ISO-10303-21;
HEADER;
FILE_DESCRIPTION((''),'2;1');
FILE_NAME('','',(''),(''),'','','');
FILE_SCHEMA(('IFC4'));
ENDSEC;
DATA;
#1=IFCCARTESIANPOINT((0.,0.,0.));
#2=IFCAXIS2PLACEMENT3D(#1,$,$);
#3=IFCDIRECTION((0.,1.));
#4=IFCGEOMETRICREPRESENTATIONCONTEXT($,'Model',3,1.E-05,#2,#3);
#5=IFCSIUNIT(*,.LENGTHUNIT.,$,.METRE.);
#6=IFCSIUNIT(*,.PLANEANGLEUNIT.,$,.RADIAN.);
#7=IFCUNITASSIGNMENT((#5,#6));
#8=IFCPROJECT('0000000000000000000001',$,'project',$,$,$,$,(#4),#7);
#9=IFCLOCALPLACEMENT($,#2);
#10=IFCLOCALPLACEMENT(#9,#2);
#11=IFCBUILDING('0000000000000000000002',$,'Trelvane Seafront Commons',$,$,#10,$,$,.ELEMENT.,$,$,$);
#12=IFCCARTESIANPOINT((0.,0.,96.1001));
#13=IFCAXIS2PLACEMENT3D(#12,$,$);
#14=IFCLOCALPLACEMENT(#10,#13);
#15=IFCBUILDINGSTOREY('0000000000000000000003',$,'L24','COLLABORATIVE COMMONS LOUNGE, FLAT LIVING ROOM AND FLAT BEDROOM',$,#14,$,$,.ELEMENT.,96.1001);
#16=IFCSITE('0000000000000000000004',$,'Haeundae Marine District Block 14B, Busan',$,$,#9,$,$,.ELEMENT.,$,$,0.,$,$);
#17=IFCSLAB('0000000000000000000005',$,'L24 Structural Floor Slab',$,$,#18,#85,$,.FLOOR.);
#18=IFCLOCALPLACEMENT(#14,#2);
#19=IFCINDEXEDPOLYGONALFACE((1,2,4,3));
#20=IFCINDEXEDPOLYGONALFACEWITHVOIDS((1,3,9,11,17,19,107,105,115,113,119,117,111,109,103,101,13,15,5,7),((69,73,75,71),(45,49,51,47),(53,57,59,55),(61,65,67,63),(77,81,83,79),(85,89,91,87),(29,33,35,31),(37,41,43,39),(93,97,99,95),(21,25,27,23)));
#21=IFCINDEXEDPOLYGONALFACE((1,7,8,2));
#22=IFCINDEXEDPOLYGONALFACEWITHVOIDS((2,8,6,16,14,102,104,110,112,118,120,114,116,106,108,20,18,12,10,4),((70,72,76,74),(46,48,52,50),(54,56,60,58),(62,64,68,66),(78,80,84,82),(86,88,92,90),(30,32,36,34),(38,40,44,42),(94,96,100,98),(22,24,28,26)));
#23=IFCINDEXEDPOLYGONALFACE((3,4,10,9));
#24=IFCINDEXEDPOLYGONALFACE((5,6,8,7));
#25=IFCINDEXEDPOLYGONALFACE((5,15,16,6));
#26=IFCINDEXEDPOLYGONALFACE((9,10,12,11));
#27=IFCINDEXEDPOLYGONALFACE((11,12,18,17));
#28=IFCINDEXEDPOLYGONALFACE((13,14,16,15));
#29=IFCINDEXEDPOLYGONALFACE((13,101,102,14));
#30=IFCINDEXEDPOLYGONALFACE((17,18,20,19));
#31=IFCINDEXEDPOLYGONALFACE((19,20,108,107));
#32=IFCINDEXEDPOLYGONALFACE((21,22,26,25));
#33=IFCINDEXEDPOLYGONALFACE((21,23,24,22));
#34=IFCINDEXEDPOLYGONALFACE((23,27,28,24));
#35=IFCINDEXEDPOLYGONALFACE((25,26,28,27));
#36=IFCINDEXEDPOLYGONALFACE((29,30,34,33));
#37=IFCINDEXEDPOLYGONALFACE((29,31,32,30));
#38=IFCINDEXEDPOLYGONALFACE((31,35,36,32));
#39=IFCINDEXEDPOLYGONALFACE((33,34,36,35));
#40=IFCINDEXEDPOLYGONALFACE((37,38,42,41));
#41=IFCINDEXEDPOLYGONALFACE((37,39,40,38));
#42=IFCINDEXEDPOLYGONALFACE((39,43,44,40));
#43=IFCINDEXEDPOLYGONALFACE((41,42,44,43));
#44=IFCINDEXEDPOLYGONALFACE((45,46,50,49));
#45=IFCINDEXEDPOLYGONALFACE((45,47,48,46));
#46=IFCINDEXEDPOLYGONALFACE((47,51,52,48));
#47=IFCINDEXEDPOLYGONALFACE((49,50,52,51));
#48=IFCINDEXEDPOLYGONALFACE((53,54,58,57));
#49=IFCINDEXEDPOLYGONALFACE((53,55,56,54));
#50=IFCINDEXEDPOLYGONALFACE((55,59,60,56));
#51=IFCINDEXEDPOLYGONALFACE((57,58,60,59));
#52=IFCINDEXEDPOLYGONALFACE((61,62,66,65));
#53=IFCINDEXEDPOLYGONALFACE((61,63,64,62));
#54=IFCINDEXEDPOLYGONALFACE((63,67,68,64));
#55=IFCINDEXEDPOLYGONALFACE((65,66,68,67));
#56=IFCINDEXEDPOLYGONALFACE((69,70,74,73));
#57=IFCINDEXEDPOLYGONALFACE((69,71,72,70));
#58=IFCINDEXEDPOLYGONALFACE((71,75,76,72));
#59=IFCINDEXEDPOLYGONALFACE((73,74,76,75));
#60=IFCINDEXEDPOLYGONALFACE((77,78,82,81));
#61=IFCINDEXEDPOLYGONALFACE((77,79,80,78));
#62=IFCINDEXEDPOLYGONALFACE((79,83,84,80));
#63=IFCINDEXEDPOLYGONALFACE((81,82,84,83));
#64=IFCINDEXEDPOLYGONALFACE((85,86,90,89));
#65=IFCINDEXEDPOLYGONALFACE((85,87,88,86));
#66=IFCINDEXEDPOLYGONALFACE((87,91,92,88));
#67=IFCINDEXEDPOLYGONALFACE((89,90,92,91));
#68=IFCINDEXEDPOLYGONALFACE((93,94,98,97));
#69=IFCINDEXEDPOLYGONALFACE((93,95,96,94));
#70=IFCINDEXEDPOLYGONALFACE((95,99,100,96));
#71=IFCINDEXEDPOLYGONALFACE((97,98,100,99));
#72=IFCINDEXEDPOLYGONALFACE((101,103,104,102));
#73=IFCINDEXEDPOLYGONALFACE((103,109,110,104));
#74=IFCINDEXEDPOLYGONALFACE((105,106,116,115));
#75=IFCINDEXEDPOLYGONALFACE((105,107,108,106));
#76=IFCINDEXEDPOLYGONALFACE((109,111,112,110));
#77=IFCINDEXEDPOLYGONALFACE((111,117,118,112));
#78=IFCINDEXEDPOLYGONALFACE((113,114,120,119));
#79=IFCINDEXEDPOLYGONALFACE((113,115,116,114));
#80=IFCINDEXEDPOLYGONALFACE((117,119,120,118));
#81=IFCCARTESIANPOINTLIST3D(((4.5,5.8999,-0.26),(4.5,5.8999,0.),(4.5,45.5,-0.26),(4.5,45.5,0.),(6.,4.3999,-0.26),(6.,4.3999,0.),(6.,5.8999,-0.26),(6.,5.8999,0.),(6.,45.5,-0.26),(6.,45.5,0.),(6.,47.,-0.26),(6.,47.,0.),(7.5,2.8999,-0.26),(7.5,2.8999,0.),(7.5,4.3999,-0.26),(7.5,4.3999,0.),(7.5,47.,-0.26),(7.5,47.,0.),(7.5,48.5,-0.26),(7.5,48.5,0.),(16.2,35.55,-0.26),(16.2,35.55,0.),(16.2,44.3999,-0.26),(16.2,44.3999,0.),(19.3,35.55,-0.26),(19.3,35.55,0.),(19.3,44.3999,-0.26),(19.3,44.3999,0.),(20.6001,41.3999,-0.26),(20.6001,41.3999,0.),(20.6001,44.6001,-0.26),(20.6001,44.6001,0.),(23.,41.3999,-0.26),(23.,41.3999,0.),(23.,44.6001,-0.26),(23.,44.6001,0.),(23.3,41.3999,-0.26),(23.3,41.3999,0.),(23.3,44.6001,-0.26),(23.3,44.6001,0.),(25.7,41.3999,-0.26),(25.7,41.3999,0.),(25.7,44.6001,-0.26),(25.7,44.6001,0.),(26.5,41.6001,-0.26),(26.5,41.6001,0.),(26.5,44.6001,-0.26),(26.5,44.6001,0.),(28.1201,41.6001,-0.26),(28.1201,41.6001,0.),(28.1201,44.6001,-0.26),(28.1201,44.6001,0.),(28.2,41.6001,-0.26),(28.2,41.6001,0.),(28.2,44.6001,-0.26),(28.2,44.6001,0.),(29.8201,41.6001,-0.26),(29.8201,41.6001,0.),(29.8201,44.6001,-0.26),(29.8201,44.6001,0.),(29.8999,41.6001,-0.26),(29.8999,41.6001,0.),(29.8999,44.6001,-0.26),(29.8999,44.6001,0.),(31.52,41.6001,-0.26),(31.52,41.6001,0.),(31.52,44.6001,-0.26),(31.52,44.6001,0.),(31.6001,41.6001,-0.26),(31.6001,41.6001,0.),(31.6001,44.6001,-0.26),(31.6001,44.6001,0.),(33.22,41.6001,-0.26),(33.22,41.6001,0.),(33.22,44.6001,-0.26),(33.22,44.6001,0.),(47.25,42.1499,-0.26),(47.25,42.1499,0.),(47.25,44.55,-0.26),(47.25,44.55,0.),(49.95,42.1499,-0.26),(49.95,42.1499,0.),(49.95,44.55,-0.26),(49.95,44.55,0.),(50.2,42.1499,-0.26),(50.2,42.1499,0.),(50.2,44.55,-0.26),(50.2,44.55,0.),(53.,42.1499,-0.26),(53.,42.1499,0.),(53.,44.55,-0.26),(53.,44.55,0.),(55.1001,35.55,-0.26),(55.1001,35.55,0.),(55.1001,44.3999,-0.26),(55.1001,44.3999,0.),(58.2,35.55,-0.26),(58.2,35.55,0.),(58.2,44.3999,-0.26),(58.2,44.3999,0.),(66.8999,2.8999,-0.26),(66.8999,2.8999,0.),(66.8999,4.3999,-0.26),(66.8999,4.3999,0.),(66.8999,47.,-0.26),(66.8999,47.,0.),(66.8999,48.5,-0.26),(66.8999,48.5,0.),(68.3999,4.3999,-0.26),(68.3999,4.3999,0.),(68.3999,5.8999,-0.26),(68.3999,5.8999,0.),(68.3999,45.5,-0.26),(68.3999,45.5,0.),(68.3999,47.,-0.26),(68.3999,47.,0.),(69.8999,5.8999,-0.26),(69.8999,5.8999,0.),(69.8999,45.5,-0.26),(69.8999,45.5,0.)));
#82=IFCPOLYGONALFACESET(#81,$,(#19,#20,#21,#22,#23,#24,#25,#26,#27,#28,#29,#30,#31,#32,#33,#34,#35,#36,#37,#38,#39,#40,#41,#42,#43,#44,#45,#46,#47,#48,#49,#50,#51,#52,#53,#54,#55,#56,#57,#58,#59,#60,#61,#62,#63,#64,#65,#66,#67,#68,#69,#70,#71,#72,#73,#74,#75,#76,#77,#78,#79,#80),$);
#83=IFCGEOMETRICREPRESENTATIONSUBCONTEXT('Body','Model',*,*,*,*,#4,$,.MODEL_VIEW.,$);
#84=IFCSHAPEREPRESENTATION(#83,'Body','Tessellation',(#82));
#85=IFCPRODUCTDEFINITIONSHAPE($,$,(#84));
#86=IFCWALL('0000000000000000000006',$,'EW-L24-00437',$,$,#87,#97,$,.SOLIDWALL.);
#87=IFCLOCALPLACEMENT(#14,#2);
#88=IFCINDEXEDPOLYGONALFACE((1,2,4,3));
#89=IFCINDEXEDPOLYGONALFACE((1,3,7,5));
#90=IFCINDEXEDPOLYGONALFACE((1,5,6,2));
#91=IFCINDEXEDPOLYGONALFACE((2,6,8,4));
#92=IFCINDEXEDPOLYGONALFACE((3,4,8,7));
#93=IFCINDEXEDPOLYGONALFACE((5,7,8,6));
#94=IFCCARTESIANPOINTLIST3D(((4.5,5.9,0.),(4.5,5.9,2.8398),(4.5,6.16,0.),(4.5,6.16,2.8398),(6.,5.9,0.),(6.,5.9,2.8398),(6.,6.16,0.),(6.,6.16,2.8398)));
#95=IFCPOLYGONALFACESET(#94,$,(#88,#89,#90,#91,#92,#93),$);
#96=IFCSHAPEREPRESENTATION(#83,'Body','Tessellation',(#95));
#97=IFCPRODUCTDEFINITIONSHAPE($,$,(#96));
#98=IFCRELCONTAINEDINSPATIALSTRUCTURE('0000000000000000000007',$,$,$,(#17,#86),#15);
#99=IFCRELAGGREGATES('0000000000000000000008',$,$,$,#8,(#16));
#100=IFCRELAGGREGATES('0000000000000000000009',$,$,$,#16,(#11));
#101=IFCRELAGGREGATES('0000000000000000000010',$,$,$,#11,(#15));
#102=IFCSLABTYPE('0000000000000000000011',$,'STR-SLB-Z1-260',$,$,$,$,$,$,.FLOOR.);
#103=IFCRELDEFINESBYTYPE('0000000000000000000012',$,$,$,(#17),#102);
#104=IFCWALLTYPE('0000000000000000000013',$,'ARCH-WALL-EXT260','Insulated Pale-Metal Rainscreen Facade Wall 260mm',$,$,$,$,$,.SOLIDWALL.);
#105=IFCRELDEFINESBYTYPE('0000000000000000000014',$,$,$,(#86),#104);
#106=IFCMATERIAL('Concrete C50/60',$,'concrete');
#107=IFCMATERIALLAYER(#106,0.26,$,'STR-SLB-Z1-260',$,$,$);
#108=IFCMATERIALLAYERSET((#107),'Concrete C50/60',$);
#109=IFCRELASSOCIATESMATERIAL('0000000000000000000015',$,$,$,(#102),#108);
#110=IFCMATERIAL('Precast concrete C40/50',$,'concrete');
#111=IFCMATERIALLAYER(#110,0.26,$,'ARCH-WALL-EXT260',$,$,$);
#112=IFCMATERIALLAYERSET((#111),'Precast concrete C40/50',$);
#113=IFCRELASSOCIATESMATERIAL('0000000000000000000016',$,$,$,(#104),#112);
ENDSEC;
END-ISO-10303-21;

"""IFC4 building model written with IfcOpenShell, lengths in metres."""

from ifc_helpers import new_model, si_unit, direction, frame, frame_2d, origin, place, context, subcontext, project, spatial, polyline, rectangle, outline, extrude, material, layer, layer_set, type_object, element, save


model = new_model("IFC4")

# Units and contexts
model_context = context("Model", 3, precision=1e-05, world=origin(), true_north=direction((0.0, 1.0)))
body_context = subcontext(model_context, "Body", "Model", "MODEL_VIEW")
ifc_project = project(units=[si_unit("LENGTHUNIT", "METRE"), si_unit("PLANEANGLEUNIT", "RADIAN")], contexts=[model_context])

# Site, building, storey
site_placement = place(None, origin())
site = spatial("IfcSite", under=ifc_project, at=site_placement, Name="Haeundae Marine District Block 14B, Busan", CompositionType="ELEMENT", RefElevation=0.0)
building_placement = place(site_placement, origin())
building = spatial("IfcBuilding", under=site, at=building_placement, Name="Trelvane Seafront Commons", CompositionType="ELEMENT")
storey_placement = place(building_placement, frame((0.0, 0.0, 96.1001)))
storey = spatial("IfcBuildingStorey", under=building, at=storey_placement, Name="L24", Description="COLLABORATIVE COMMONS LOUNGE, FLAT LIVING ROOM AND FLAT BEDROOM", CompositionType="ELEMENT", Elevation=96.1001)

# Slab
ifc_material_1 = material(Name="Concrete C50/60", Category="concrete")
ifc_layer_1 = layer(ifc_material_1, 0.26, Name="STR-SLB-Z1-260")
ifc_layer_set_1 = layer_set([ifc_layer_1], Name="Concrete C50/60")
slab_type_1 = type_object("IfcSlabType", Name="STR-SLB-Z1-260", PredefinedType="FLOOR", material=ifc_layer_set_1)
slab_1_placement = place(storey_placement, frame((0.0, 0.0, -0.26)))
element("IfcSlab", 1, at=slab_1_placement, inside=storey, type_object=slab_type_1, Name="L24 Structural Floor Slab", PredefinedType="FLOOR", context=body_context, shape_type="SweptSolid", body=[
    extrude(outline(polyline([(7.5, 2.8999), (66.8999, 2.8999), (66.8999, 4.3999), (68.3999, 4.3999), (68.3999, 5.8999), (69.8999, 5.8999), (69.8999, 45.5), (68.3999, 45.5), (68.3999, 47.0), (66.8999, 47.0), (66.8999, 48.5), (7.5, 48.5), (7.5, 47.0), (6.0, 47.0), (6.0, 45.5), (4.5, 45.5), (4.5, 5.8999), (6.0, 5.8999), (6.0, 4.3999), (7.5, 4.3999), (7.5, 2.8999)]), holes=[polyline([(19.3, 35.55), (16.2, 35.55), (16.2, 44.3999), (19.3, 44.3999), (19.3, 35.55)]), polyline([(58.2, 35.55), (55.1001, 35.55), (55.1001, 44.3999), (58.2, 44.3999), (58.2, 35.55)]), polyline([(23.0, 41.3999), (20.6001, 41.3999), (20.6001, 44.6001), (23.0, 44.6001), (23.0, 41.3999)]), polyline([(23.3, 41.3999), (23.3, 44.6001), (25.7, 44.6001), (25.7, 41.3999), (23.3, 41.3999)]), polyline([(26.5, 41.6001), (26.5, 44.6001), (28.1201, 44.6001), (28.1201, 41.6001), (26.5, 41.6001)]), polyline([(29.8201, 41.6001), (28.2, 41.6001), (28.2, 44.6001), (29.8201, 44.6001), (29.8201, 41.6001)]), polyline([(31.52, 41.6001), (29.8999, 41.6001), (29.8999, 44.6001), (31.52, 44.6001), (31.52, 41.6001)]), polyline([(33.22, 41.6001), (31.6001, 41.6001), (31.6001, 44.6001), (33.22, 44.6001), (33.22, 41.6001)]), polyline([(47.25, 42.1499), (47.25, 44.55), (49.95, 44.55), (49.95, 42.1499), (47.25, 42.1499)]), polyline([(50.2, 42.1499), (50.2, 44.55), (53.0, 44.55), (53.0, 42.1499), (50.2, 42.1499)])]), origin(), (0.0, 0.0, 1.0), 0.26),
])

# Wall
ifc_material_2 = material(Name="Precast concrete C40/50", Category="concrete")
ifc_layer_2 = layer(ifc_material_2, 0.26, Name="ARCH-WALL-EXT260")
ifc_layer_set_2 = layer_set([ifc_layer_2], Name="Precast concrete C40/50")
wall_type_1 = type_object("IfcWallType", Name="ARCH-WALL-EXT260", Description="Insulated Pale-Metal Rainscreen Facade Wall 260mm", PredefinedType="SOLIDWALL", material=ifc_layer_set_2)
wall_1_placement = place(storey_placement, frame((6.0, 6.03, 0.0), z_axis=(0.0, 0.0, 1.0), x_axis=(-1.0, 0.0, 0.0)))
element("IfcWall", 2, at=wall_1_placement, inside=storey, type_object=wall_type_1, Name="EW-L24-00437", PredefinedType="SOLIDWALL", context=body_context, shape_type="SweptSolid", body=[
    extrude(rectangle(XDim=1.5, YDim=0.26, at=frame_2d((0.75, 0.0))), origin(), (0.0, 0.0, 1.0), 2.8398),
])

save(model, "model.ifc")
